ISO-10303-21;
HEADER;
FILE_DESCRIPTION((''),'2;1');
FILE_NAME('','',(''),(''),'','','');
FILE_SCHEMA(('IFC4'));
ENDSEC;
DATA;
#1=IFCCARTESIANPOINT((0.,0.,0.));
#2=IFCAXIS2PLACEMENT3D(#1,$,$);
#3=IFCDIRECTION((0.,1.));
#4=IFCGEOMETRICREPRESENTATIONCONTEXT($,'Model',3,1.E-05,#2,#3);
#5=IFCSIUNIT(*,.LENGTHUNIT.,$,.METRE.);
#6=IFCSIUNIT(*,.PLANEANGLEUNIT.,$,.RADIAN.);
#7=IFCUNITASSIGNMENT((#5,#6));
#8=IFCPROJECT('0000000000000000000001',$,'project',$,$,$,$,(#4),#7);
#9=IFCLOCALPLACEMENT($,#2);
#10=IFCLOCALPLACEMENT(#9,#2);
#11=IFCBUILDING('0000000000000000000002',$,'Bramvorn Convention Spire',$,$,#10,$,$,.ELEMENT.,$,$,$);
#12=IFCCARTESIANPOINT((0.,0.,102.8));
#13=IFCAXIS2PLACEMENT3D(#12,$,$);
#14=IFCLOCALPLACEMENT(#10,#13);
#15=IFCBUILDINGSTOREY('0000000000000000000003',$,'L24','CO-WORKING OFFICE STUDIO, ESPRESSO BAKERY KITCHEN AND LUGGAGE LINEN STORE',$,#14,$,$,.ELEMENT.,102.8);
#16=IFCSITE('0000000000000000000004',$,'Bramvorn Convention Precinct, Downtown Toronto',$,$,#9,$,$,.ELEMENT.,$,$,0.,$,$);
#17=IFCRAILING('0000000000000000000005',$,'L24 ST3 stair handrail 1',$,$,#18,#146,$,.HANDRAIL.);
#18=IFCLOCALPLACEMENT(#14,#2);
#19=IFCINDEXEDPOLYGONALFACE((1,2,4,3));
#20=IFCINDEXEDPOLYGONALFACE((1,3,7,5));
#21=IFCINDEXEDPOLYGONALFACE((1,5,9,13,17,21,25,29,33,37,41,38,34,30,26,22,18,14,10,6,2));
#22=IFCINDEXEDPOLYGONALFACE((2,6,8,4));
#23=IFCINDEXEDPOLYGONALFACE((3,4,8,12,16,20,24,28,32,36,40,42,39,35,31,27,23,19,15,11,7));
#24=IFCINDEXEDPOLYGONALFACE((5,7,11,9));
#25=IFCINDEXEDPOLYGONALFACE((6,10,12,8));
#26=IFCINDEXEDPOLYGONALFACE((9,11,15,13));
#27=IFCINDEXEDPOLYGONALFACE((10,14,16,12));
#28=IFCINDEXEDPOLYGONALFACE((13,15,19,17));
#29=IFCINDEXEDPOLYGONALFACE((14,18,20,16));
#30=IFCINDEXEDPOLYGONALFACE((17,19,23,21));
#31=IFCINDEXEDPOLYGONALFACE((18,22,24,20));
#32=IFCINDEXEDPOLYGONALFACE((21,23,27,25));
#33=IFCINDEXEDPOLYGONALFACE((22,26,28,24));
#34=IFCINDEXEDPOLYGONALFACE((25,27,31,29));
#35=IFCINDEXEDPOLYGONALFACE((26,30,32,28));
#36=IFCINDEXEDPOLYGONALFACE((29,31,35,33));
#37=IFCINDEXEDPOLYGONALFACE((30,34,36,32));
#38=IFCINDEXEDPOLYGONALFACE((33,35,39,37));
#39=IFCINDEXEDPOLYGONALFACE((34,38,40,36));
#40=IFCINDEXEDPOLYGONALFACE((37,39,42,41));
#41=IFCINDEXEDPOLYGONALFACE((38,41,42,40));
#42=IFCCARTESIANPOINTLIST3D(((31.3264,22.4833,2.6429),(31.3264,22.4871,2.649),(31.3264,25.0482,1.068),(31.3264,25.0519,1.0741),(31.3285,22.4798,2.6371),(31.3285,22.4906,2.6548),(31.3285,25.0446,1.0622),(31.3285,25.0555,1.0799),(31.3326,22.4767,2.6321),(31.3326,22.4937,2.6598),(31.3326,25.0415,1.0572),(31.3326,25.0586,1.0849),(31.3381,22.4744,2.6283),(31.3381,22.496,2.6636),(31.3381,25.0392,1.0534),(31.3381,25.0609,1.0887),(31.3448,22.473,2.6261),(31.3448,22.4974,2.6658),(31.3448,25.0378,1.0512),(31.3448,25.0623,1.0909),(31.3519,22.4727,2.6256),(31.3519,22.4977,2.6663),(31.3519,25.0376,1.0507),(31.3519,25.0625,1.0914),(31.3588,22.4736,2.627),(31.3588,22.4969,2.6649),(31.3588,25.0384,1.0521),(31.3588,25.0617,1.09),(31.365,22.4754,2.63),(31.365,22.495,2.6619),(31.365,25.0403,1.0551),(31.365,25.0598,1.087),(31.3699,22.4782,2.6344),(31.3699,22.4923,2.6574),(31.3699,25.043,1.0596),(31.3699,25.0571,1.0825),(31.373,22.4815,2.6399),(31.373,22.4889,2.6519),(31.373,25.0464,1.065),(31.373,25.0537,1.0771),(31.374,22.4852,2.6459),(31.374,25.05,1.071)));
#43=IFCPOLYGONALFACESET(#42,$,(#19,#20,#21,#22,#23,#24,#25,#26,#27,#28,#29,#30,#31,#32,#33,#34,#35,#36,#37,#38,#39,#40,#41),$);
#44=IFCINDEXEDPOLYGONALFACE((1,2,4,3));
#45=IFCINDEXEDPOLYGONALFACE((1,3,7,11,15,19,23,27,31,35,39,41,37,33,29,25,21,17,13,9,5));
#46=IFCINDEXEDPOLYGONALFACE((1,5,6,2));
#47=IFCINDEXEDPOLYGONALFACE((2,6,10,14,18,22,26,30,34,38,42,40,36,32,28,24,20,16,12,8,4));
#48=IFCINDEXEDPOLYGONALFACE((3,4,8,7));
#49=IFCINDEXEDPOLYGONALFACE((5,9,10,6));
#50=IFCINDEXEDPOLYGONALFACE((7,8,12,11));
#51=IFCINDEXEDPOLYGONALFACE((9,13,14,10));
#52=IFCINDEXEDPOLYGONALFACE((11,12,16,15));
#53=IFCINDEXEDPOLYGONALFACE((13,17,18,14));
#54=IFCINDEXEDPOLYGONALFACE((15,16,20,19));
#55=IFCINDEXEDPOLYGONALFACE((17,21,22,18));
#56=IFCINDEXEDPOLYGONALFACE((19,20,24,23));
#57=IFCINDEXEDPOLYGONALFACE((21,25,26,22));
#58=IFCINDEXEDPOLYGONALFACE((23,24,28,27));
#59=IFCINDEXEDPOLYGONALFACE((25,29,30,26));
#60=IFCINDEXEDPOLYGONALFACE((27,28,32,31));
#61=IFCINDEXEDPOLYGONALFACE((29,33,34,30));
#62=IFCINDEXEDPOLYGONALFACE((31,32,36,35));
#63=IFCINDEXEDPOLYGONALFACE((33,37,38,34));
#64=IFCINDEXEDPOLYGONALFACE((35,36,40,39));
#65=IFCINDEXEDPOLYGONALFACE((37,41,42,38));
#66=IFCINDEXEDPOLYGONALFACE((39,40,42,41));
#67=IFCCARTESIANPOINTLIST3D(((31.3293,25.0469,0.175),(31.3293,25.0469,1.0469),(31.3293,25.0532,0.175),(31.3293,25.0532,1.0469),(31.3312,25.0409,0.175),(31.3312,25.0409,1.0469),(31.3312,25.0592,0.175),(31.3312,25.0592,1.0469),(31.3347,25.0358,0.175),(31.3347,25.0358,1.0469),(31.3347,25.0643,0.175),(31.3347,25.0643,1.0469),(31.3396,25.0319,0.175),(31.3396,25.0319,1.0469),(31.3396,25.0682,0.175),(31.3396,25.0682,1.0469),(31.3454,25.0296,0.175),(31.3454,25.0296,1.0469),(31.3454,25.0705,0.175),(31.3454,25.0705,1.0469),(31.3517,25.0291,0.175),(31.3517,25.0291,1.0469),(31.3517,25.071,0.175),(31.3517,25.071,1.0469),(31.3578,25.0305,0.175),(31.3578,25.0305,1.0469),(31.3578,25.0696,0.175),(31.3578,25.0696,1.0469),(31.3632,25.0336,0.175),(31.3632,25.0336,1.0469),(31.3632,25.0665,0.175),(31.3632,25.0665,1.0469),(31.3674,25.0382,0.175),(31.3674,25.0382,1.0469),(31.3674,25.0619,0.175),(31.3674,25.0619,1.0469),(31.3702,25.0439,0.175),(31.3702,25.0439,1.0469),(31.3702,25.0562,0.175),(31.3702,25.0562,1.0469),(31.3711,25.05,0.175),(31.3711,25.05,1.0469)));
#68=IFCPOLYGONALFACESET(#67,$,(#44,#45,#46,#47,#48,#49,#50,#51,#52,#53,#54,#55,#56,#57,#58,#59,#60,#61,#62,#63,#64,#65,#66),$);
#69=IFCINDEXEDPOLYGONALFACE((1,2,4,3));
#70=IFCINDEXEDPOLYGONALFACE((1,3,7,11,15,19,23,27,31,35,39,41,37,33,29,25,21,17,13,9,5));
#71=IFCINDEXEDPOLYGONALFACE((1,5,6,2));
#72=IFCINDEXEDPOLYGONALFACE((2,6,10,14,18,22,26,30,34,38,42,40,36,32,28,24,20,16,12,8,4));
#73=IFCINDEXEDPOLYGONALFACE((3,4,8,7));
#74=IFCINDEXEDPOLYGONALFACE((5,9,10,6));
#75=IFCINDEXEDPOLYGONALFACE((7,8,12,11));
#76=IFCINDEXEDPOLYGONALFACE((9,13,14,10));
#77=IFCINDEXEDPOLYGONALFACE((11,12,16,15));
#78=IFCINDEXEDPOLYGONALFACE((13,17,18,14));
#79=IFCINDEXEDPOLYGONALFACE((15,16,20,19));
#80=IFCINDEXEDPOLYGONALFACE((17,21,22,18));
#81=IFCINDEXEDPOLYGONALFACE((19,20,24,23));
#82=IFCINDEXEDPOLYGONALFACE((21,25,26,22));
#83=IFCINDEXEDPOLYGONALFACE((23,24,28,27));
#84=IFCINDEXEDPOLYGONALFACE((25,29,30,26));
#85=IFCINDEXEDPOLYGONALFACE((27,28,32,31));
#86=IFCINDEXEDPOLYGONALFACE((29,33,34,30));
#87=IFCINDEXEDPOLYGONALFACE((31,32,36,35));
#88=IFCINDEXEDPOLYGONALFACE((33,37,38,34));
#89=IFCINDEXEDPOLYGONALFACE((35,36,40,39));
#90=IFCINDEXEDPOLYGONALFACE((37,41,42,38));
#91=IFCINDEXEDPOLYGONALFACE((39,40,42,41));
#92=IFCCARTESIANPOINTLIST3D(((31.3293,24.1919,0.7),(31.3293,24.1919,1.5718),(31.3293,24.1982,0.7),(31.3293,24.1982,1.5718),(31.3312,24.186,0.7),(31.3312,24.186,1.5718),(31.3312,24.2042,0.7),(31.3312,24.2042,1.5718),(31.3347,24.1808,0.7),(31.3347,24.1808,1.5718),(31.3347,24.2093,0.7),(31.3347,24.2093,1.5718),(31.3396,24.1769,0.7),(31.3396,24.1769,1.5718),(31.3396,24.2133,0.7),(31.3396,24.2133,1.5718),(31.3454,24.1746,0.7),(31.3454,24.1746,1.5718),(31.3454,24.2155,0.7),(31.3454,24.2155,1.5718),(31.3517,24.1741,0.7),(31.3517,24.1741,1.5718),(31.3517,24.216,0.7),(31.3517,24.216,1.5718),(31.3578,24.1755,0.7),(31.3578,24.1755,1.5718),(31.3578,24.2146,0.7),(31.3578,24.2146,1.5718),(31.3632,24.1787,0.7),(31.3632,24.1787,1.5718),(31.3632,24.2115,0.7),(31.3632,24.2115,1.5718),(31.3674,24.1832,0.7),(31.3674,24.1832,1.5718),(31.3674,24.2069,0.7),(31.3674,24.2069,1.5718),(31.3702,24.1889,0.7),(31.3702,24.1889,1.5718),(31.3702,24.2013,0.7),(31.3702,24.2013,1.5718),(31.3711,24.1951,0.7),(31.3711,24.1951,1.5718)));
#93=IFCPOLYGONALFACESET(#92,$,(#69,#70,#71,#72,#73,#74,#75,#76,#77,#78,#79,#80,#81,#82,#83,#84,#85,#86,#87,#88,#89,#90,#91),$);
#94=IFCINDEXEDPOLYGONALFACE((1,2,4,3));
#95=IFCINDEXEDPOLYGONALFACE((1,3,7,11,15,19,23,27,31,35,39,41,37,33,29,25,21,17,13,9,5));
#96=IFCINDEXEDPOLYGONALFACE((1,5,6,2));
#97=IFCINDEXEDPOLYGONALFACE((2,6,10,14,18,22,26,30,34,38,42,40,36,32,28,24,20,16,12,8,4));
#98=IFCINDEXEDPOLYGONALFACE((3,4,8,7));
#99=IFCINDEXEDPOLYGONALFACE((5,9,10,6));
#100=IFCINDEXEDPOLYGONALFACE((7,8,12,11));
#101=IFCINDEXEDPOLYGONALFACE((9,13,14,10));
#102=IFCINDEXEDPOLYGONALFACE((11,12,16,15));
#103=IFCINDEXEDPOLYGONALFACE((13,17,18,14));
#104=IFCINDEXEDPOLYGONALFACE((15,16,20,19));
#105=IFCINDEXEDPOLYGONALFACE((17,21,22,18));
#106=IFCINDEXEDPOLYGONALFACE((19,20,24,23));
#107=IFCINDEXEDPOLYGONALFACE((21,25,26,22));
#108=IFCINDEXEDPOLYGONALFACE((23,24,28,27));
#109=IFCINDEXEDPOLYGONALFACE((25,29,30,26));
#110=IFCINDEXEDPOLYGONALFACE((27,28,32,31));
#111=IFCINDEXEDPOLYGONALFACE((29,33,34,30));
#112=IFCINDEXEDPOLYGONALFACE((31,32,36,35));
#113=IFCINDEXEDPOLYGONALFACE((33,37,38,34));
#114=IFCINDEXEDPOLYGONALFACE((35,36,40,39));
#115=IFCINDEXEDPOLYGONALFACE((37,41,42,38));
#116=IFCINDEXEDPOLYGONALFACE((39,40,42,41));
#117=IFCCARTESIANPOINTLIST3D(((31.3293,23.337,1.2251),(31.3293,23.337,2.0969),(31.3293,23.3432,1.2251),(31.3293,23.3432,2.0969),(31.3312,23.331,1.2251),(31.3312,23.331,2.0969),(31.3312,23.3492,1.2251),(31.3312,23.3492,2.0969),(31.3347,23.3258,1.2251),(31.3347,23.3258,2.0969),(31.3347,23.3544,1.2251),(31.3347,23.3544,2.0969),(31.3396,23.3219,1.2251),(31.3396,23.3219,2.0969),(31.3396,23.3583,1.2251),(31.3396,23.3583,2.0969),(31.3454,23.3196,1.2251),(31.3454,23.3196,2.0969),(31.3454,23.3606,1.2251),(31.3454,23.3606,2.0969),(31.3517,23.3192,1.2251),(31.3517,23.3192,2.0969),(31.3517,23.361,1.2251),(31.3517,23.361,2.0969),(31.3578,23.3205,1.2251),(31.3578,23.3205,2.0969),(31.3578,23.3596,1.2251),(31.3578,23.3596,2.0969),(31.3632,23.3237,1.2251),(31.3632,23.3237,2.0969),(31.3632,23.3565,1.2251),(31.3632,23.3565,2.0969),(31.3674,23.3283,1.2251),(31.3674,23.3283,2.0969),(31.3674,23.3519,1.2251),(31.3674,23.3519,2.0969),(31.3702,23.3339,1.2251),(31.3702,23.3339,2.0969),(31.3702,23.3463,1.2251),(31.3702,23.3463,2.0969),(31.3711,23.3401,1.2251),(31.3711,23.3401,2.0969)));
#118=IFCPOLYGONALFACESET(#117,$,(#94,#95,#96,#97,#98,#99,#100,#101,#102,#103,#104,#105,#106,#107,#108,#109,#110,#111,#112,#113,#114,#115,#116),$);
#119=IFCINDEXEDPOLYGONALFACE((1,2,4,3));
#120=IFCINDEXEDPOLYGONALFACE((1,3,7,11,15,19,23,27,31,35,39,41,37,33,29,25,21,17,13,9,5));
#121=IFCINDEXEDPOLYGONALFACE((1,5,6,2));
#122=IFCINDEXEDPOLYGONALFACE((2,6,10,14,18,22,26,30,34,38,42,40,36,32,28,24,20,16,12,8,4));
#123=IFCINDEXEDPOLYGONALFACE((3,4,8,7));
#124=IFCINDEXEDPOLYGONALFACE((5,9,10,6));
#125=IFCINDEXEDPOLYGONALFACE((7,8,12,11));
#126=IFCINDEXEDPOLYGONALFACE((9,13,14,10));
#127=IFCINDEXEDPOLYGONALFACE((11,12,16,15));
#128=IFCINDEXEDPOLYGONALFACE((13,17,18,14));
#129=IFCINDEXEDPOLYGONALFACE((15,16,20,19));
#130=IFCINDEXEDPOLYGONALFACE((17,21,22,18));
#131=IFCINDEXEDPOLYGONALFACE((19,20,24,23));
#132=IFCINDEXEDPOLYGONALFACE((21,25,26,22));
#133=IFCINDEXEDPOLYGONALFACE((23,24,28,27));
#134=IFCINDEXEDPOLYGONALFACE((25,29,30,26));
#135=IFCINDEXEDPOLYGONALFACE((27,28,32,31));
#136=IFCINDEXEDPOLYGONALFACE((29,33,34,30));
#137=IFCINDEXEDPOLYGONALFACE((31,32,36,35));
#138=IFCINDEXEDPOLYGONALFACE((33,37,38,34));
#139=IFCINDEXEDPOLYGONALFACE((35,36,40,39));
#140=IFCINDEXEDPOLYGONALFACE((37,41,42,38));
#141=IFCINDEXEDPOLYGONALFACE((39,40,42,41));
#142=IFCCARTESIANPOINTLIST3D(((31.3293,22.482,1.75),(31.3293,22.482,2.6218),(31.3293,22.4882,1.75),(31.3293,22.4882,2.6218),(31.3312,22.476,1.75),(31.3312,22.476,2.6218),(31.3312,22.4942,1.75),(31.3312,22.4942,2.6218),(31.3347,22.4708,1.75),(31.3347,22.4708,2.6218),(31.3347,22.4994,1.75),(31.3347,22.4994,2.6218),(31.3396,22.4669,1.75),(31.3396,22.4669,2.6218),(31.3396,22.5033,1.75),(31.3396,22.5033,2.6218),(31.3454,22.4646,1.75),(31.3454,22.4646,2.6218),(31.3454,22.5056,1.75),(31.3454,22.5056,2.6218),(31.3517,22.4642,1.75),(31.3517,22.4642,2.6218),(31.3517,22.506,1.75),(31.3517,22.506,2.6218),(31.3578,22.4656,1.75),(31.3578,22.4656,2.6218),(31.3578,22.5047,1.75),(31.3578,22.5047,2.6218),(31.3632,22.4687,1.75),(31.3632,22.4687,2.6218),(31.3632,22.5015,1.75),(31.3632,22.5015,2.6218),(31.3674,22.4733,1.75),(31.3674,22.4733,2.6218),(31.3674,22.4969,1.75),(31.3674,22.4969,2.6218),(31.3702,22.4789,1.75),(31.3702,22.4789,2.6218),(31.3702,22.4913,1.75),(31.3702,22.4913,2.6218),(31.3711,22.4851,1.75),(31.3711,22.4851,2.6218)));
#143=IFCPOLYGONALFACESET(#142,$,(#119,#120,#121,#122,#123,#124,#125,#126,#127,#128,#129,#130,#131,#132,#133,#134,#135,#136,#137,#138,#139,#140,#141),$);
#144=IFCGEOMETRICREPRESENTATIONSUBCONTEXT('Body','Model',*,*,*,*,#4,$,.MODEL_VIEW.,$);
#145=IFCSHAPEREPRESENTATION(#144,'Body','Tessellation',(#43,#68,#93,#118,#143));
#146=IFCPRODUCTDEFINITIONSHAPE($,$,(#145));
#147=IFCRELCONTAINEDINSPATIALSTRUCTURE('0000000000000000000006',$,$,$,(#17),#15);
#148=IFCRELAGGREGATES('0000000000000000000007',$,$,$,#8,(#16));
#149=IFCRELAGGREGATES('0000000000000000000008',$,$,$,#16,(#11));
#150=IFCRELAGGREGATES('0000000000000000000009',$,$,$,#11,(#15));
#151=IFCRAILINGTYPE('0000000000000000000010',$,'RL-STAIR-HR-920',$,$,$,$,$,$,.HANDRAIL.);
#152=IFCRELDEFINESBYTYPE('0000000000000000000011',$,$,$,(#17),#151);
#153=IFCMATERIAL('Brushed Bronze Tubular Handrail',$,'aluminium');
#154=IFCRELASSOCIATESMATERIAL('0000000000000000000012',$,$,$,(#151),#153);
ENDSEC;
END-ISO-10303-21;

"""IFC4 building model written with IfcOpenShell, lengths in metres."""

from ifc_helpers import new_model, si_unit, direction, frame, origin, origin_2d, place, context, subcontext, project, spatial, circle, extrude, material, type_object, element, save


model = new_model("IFC4")

# Units and contexts
model_context = context("Model", 3, precision=1e-05, world=origin(), true_north=direction((0.0, 1.0)))
body_context = subcontext(model_context, "Body", "Model", "MODEL_VIEW")
ifc_project = project(units=[si_unit("LENGTHUNIT", "METRE"), si_unit("PLANEANGLEUNIT", "RADIAN")], contexts=[model_context])

# Site, building, storey
site_placement = place(None, origin())
site = spatial("IfcSite", under=ifc_project, at=site_placement, Name="Bramvorn Convention Precinct, Downtown Toronto", CompositionType="ELEMENT", RefElevation=0.0)
building_placement = place(site_placement, origin())
building = spatial("IfcBuilding", under=site, at=building_placement, Name="Bramvorn Convention Spire", CompositionType="ELEMENT")
storey_placement = place(building_placement, frame((0.0, 0.0, 102.8)))
storey = spatial("IfcBuildingStorey", under=building, at=storey_placement, Name="L24", Description="CO-WORKING OFFICE STUDIO, ESPRESSO BAKERY KITCHEN AND LUGGAGE LINEN STORE", CompositionType="ELEMENT", Elevation=102.8)

# Railing
ifc_material_1 = material(Name="Brushed Bronze Tubular Handrail", Category="aluminium")
railing_type_1 = type_object("IfcRailingType", Name="RL-STAIR-HR-920", PredefinedType="HANDRAIL", material=ifc_material_1)
for number, where, name in (
    (1, (31.3501, 25.05, 0.175), "L24 ST3 stair handrail 1"),
):
    element("IfcRailing", number, at=place(storey_placement, frame(where)), inside=storey, type_object=railing_type_1, Name=name, PredefinedType="HANDRAIL", context=body_context, shape_type="SweptSolid", body=[
        extrude(circle(Radius=0.0239, at=origin_2d()), frame((0.0, 0.0, 0.896), z_axis=(0.0, -0.852173, 0.52326), x_axis=(1.0, 0.0, 0.0)), (0.0, 0.0, 1.0), 3.0098),
        extrude(circle(Radius=0.021, at=origin_2d()), origin(), (0.0, 0.0, 1.0), 0.8718),
        extrude(circle(Radius=0.021, at=origin_2d()), frame((0.0, -0.855, 0.5249)), (0.0, 0.0, 1.0), 0.8718),
        extrude(circle(Radius=0.021, at=origin_2d()), frame((0.0, -1.71, 1.05)), (0.0, 0.0, 1.0), 0.8718),
        extrude(circle(Radius=0.021, at=origin_2d()), frame((0.0, -2.5649, 1.575)), (0.0, 0.0, 1.0), 0.8718),
    ])

save(model, "model.ifc")
